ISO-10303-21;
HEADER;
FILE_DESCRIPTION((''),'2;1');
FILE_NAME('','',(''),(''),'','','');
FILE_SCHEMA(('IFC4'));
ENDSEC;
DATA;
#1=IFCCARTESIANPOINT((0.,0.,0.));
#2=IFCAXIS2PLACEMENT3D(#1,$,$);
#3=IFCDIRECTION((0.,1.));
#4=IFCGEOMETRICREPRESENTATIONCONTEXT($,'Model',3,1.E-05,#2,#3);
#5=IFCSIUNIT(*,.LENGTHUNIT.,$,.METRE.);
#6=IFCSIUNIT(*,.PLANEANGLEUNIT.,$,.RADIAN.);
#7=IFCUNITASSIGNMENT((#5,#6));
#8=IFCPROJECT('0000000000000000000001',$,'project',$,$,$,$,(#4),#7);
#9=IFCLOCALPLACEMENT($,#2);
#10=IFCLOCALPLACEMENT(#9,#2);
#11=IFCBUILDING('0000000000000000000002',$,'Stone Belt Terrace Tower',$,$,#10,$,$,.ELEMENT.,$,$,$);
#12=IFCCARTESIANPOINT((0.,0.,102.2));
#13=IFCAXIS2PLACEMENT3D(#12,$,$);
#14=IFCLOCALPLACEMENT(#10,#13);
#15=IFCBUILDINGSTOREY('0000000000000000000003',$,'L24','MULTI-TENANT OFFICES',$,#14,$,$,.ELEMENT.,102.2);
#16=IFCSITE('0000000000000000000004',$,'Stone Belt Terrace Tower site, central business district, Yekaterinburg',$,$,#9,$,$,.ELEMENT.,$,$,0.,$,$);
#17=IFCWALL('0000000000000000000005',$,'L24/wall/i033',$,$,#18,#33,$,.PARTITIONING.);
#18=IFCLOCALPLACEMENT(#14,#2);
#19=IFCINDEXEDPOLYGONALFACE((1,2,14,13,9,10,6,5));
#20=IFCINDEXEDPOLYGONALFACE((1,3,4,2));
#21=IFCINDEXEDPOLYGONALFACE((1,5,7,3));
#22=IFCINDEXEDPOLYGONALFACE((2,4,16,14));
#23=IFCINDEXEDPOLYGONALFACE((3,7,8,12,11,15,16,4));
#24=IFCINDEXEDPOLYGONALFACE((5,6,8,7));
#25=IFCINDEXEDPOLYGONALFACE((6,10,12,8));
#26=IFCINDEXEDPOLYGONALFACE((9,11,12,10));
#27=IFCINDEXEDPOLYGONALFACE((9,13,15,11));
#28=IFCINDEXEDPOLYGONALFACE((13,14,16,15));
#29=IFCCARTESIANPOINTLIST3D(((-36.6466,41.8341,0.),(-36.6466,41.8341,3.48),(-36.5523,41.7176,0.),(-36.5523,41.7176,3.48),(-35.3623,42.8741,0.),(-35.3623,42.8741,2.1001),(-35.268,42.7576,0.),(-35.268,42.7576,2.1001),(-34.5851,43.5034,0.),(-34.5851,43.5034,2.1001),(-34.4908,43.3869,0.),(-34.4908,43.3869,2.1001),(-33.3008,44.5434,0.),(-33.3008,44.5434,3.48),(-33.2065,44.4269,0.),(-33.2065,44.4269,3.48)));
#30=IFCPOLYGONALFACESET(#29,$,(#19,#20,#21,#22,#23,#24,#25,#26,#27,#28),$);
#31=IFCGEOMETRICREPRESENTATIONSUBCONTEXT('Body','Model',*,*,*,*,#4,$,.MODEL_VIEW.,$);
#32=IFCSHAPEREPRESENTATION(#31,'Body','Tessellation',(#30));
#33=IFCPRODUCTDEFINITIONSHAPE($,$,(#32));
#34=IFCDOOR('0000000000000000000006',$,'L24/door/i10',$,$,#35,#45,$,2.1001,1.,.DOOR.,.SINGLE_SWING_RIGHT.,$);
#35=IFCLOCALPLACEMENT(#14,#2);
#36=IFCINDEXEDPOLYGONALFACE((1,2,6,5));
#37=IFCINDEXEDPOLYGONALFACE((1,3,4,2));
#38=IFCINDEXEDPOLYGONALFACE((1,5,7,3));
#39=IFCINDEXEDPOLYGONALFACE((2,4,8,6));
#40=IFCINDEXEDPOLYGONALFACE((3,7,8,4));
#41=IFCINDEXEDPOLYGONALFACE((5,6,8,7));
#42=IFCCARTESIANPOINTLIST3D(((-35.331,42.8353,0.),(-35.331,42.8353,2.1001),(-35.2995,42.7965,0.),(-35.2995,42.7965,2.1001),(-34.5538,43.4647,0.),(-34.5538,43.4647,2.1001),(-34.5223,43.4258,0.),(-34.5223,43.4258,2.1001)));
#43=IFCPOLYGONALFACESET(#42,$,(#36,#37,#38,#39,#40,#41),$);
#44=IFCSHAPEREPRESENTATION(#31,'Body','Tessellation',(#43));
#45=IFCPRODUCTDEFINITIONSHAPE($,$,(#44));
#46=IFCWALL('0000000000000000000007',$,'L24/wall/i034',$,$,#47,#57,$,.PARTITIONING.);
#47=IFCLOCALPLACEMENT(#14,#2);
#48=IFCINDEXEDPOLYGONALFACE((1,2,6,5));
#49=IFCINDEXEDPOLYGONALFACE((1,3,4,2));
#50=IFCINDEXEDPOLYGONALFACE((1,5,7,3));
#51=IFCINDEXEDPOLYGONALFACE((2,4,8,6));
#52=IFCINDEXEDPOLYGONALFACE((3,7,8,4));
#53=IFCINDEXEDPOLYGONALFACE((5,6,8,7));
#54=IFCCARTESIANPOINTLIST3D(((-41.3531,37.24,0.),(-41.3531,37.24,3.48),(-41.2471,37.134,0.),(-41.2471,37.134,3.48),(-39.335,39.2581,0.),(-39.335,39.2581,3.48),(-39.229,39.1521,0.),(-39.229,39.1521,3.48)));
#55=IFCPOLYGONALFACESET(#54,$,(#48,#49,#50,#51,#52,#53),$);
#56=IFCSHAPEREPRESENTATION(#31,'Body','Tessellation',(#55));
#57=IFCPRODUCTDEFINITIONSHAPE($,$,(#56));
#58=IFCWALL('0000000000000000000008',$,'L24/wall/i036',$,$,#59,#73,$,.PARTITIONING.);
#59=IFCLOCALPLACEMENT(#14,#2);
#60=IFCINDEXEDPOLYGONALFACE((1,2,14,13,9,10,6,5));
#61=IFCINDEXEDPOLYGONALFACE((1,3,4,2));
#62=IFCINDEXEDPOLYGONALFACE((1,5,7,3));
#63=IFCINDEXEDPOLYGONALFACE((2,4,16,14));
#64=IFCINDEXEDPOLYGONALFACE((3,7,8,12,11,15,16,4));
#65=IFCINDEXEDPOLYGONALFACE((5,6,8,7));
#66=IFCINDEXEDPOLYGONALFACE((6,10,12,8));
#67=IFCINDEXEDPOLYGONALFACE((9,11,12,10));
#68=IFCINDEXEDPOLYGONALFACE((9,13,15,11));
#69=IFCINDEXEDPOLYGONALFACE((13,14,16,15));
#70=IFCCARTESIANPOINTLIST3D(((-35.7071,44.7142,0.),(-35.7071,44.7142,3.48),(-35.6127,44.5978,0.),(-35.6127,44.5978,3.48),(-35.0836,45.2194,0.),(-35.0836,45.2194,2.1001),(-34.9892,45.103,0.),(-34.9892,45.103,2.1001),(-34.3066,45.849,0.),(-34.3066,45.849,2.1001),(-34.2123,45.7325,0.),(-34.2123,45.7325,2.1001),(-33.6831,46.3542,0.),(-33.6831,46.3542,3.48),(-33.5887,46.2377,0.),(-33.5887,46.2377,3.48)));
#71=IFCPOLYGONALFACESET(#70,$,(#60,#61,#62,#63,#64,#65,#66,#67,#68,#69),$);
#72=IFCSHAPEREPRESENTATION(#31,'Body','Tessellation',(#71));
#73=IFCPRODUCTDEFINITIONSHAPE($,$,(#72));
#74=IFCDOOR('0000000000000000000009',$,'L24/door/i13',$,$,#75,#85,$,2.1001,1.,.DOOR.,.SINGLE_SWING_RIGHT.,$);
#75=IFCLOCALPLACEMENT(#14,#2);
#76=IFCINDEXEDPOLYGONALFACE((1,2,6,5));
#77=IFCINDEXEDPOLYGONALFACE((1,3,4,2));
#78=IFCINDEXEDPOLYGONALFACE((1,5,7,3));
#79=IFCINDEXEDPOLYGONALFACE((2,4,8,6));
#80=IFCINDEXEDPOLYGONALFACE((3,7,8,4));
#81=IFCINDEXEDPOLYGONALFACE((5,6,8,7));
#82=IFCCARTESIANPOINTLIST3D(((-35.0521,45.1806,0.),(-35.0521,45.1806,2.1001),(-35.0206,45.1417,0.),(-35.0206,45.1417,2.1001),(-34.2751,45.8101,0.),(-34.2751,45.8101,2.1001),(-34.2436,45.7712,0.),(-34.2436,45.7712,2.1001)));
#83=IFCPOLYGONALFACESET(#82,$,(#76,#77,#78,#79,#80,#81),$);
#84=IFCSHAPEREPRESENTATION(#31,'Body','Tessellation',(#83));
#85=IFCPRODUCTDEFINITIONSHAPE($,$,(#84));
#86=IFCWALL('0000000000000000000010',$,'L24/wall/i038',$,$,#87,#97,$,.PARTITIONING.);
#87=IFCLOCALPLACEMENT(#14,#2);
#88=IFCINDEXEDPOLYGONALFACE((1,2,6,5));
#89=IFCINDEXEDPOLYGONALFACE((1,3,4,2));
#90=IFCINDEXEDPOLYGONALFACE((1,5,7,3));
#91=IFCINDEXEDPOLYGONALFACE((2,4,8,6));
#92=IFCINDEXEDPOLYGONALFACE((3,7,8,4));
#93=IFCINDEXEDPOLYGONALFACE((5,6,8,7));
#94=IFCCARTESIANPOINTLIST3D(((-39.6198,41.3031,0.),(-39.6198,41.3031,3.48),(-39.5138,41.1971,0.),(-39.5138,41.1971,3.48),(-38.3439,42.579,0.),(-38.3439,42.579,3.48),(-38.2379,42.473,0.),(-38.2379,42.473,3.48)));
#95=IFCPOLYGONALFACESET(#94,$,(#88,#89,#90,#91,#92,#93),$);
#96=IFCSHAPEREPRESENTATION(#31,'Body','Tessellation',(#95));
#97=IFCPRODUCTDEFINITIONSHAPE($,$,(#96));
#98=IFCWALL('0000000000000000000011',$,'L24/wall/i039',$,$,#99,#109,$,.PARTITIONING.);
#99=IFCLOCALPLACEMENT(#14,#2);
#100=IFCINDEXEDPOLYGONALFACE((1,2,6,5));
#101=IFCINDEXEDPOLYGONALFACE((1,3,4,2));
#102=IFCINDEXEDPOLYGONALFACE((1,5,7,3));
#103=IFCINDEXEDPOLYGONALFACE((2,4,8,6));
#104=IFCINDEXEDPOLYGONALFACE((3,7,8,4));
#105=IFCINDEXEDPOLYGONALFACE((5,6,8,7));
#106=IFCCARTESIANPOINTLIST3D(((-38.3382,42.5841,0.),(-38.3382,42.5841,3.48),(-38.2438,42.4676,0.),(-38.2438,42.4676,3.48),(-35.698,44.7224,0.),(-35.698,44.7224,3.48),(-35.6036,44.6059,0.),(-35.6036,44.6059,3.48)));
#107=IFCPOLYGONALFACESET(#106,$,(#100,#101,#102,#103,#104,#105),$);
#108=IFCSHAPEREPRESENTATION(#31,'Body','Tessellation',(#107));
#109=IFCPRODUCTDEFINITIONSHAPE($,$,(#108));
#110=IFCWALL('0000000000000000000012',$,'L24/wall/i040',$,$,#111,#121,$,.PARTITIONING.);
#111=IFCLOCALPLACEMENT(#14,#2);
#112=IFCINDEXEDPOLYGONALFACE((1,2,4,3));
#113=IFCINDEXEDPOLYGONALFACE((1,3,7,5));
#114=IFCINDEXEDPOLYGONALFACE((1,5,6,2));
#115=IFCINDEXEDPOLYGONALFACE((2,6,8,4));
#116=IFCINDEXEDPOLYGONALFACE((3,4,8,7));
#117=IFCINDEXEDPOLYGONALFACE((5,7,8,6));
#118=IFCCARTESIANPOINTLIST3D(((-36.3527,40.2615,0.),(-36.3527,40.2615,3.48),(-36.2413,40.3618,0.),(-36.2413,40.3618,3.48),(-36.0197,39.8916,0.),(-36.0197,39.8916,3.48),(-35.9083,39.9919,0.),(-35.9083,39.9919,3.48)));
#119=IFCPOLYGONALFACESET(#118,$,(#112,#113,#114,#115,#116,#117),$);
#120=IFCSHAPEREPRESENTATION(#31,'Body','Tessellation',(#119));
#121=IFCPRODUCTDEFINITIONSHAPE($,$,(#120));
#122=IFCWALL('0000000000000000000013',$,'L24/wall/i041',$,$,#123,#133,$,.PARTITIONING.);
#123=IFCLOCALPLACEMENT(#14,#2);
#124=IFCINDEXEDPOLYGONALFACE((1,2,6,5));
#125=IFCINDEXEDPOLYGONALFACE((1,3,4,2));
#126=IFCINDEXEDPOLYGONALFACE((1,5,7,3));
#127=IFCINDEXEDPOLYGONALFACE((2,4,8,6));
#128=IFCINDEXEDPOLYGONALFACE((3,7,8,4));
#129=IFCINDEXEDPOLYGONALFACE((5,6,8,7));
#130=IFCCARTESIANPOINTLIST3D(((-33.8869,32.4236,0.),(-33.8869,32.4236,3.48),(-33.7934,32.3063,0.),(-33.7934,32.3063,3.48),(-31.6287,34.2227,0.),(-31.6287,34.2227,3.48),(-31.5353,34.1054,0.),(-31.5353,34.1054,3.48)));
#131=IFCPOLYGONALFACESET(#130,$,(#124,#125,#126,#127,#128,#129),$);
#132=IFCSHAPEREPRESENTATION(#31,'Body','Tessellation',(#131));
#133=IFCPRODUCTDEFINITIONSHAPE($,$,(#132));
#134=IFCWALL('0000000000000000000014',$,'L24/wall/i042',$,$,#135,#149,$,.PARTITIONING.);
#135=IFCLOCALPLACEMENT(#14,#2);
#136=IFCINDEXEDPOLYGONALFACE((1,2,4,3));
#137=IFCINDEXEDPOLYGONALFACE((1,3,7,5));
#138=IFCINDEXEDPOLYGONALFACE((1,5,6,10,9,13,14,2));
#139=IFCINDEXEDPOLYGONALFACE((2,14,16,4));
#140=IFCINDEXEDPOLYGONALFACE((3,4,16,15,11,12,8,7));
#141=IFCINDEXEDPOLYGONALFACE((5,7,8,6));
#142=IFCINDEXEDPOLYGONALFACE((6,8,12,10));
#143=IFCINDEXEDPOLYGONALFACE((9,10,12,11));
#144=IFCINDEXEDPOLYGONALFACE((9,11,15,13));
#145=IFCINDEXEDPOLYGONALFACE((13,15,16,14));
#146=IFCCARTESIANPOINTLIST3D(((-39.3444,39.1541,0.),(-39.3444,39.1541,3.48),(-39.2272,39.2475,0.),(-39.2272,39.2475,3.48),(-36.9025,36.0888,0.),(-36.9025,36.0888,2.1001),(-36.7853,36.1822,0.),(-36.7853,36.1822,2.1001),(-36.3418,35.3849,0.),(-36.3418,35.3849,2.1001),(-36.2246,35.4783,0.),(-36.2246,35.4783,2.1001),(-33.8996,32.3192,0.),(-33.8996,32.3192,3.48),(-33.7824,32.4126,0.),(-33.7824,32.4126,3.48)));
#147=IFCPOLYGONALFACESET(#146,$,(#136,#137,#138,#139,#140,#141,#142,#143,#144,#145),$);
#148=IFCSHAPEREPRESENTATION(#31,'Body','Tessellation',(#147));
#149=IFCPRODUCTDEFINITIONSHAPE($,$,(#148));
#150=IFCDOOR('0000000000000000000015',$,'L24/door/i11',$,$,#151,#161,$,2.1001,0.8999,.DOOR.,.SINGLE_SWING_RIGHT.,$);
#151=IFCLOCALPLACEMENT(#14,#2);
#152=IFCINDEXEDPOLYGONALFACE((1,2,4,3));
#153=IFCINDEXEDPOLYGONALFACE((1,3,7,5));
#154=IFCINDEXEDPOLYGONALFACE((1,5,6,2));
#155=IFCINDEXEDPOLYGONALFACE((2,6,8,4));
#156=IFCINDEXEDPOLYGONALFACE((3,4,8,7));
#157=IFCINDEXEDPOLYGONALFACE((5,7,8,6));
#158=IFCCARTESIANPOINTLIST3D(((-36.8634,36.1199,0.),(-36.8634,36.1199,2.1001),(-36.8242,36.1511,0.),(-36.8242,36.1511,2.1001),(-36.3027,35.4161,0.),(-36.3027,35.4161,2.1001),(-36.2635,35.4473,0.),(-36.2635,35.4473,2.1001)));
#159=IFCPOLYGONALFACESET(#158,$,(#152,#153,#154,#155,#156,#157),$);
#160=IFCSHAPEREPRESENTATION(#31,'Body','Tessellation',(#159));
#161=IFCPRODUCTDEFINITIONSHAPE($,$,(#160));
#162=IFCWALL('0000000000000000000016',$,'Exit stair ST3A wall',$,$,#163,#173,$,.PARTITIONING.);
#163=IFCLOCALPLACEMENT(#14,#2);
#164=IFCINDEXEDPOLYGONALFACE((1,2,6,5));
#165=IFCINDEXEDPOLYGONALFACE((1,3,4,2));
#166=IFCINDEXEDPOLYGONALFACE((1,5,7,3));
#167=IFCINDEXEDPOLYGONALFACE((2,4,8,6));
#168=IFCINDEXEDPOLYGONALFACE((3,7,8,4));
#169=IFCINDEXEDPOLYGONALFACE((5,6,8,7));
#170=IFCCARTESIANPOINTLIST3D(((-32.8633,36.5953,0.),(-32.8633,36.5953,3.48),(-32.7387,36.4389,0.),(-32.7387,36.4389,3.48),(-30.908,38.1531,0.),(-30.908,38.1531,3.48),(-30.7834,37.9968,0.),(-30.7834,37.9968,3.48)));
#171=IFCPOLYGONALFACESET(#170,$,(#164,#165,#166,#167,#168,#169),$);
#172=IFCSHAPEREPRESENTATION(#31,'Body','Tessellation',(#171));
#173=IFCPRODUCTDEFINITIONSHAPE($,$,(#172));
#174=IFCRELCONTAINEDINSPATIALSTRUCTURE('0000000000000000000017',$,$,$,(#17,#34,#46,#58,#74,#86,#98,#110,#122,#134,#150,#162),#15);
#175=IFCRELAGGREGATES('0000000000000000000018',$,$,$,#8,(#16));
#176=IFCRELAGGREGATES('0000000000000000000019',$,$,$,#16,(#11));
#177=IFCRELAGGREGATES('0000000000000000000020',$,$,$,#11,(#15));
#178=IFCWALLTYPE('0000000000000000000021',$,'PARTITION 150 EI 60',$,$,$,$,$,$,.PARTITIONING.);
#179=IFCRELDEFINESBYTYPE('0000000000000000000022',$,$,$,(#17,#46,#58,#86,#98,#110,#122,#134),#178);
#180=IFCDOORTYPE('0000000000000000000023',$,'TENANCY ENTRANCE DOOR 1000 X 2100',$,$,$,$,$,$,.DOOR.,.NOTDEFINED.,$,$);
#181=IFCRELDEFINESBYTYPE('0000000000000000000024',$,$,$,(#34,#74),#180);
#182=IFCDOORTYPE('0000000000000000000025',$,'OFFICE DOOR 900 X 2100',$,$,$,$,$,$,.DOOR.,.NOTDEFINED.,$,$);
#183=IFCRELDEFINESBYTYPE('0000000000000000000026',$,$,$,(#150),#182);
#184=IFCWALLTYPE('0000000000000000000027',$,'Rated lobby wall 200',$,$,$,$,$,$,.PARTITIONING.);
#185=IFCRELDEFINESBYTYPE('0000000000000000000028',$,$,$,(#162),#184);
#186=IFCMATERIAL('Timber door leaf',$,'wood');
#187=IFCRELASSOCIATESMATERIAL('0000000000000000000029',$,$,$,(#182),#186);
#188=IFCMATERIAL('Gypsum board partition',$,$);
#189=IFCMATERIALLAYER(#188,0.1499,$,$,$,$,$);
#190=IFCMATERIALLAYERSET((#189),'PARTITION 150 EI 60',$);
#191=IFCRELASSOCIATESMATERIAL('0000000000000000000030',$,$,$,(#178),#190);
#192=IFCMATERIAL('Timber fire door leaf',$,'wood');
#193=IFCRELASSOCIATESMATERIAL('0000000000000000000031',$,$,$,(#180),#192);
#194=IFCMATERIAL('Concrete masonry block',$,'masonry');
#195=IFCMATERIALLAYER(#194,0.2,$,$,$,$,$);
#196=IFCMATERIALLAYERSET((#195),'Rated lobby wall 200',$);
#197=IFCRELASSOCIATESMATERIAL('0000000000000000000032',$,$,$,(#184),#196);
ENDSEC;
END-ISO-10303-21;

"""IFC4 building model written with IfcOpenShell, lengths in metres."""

from ifc_helpers import new_model, si_unit, direction, frame, frame_2d, origin, place, context, subcontext, project, spatial, rectangle, extrude, material, layer, layer_set, type_object, element, fill, save


model = new_model("IFC4")

# Units and contexts
model_context = context("Model", 3, precision=1e-05, world=origin(), true_north=direction((0.0, 1.0)))
body_context = subcontext(model_context, "Body", "Model", "MODEL_VIEW")
ifc_project = project(units=[si_unit("LENGTHUNIT", "METRE"), si_unit("PLANEANGLEUNIT", "RADIAN")], contexts=[model_context])

# Site, building, storey
site_placement = place(None, origin())
site = spatial("IfcSite", under=ifc_project, at=site_placement, Name="Stone Belt Terrace Tower site, central business district, Yekaterinburg", CompositionType="ELEMENT", RefElevation=0.0)
building_placement = place(site_placement, origin())
building = spatial("IfcBuilding", under=site, at=building_placement, Name="Stone Belt Terrace Tower", CompositionType="ELEMENT")
storey_placement = place(building_placement, frame((0.0, 0.0, 102.2)))
storey = spatial("IfcBuildingStorey", under=building, at=storey_placement, Name="L24", Description="MULTI-TENANT OFFICES", CompositionType="ELEMENT", Elevation=102.2)

# Wall, opening, door
ifc_material_1 = material(Name="Gypsum board partition")
ifc_material_2 = material(Name="Timber door leaf", Category="wood")
door_type_1 = type_object("IfcDoorType", Name="OFFICE DOOR 900 X 2100", OperationType="NOTDEFINED", PredefinedType="DOOR", material=ifc_material_2)
ifc_layer_1 = layer(ifc_material_1, 0.1499)
ifc_layer_set_1 = layer_set([ifc_layer_1], Name="PARTITION 150 EI 60")
wall_type_1 = type_object("IfcWallType", Name="PARTITION 150 EI 60", PredefinedType="PARTITIONING", material=ifc_layer_set_1)
wall_1_placement = place(storey_placement, frame((-33.2537, 44.4851, 0.0), z_axis=(0.0, 0.0, 1.0), x_axis=(-0.777154, -0.629311, 0.0)))
wall_1 = element("IfcWall", 1, at=wall_1_placement, inside=storey, type_object=wall_type_1, Name="L24/wall/i033", PredefinedType="PARTITIONING", context=body_context, shape_type="SweptSolid", body=[
    extrude(rectangle(XDim=4.3052, YDim=0.1499, at=frame_2d((2.1526, 0.0))), origin(), (0.0, 0.0, 1.0), 3.48),
])
opening_1_placement = place(wall_1_placement, frame((1.6526, 0.0, 0.0)))
opening_1 = element("IfcOpeningElement", 2, at=opening_1_placement, cuts=wall_1, PredefinedType="OPENING", context=body_context, shape_type="SweptSolid", body=[
    extrude(rectangle(XDim=1.0, YDim=2.1001, at=frame_2d((0.5, 1.05))), frame((0.0, 0.085, 0.0), z_axis=(0.0, -1.0, 0.0), x_axis=(1.0, 0.0, 0.0)), (0.0, 0.0, 1.0), 0.1699),
])
ifc_material_3 = material(Name="Timber fire door leaf", Category="wood")
door_type_2 = type_object("IfcDoorType", Name="TENANCY ENTRANCE DOOR 1000 X 2100", OperationType="NOTDEFINED", PredefinedType="DOOR", material=ifc_material_3)
door_1_placement = place(opening_1_placement, origin())
door_1 = element("IfcDoor", 3, at=door_1_placement, inside=storey, type_object=door_type_2, Name="L24/door/i10", OperationType="SINGLE_SWING_RIGHT", OverallHeight=2.1001, OverallWidth=1.0, PredefinedType="DOOR", context=body_context, shape_type="SweptSolid", body=[
    extrude(rectangle(XDim=1.0, YDim=2.1001, at=frame_2d((0.5, 1.05))), frame((0.0, 0.0249, 0.0), z_axis=(0.0, -1.0, 0.0), x_axis=(1.0, 0.0, 0.0)), (0.0, 0.0, 1.0), 0.05),
])
fill(opening_1, door_1)

# Wall
wall_2_placement = place(storey_placement, frame((-39.282, 39.2051, 0.0), z_axis=(0.0, 0.0, 1.0), x_axis=(-0.707107, -0.707107, 0.0)))
element("IfcWall", 4, at=wall_2_placement, inside=storey, type_object=wall_type_1, Name="L24/wall/i034", PredefinedType="PARTITIONING", context=body_context, shape_type="SweptSolid", body=[
    extrude(rectangle(XDim=2.854, YDim=0.1499, at=frame_2d((1.427, 0.0))), origin(), (0.0, 0.0, 1.0), 3.48),
])

# Wall, opening, door
wall_3_placement = place(storey_placement, frame((-35.6599, 44.656, 0.0), z_axis=(0.0, 0.0, 1.0), x_axis=(0.776968, 0.629541, 0.0)))
wall_3 = element("IfcWall", 5, at=wall_3_placement, inside=storey, type_object=wall_type_1, Name="L24/wall/i036", PredefinedType="PARTITIONING", context=body_context, shape_type="SweptSolid", body=[
    extrude(rectangle(XDim=2.605, YDim=0.1499, at=frame_2d((1.3025, 0.0))), origin(), (0.0, 0.0, 1.0), 3.48),
])
opening_2_placement = place(wall_3_placement, frame((0.8025, 0.0, 0.0)))
opening_2 = element("IfcOpeningElement", 6, at=opening_2_placement, cuts=wall_3, PredefinedType="OPENING", context=body_context, shape_type="SweptSolid", body=[
    extrude(rectangle(XDim=1.0, YDim=2.1001, at=frame_2d((0.5, 1.05))), frame((0.0, 0.085, 0.0), z_axis=(0.0, -1.0, 0.0), x_axis=(1.0, 0.0, 0.0)), (0.0, 0.0, 1.0), 0.1699),
])
door_2_placement = place(opening_2_placement, origin())
door_2 = element("IfcDoor", 7, at=door_2_placement, inside=storey, type_object=door_type_2, Name="L24/door/i13", OperationType="SINGLE_SWING_RIGHT", OverallHeight=2.1001, OverallWidth=1.0, PredefinedType="DOOR", context=body_context, shape_type="SweptSolid", body=[
    extrude(rectangle(XDim=1.0, YDim=2.1001, at=frame_2d((0.5, 1.05))), frame((0.0, 0.0249, 0.0), z_axis=(0.0, -1.0, 0.0), x_axis=(1.0, 0.0, 0.0)), (0.0, 0.0, 1.0), 0.05),
])
fill(opening_2, door_2)

# Walls
wall_4_placement = place(storey_placement, frame((-39.5669, 41.25, 0.0), z_axis=(0.0, 0.0, 1.0), x_axis=(0.707107, 0.707107, 0.0)))
element("IfcWall", 8, at=wall_4_placement, inside=storey, type_object=wall_type_1, Name="L24/wall/i038", PredefinedType="PARTITIONING", context=body_context, shape_type="SweptSolid", body=[
    extrude(rectangle(XDim=1.8044, YDim=0.1499, at=frame_2d((0.9023, 0.0))), origin(), (0.0, 0.0, 1.0), 3.48),
])
wall_5_placement = place(storey_placement, frame((-38.291, 42.5259, 0.0), z_axis=(0.0, 0.0, 1.0), x_axis=(0.777111, 0.629364, 0.0)))
element("IfcWall", 9, at=wall_5_placement, inside=storey, type_object=wall_type_1, Name="L24/wall/i039", PredefinedType="PARTITIONING", context=body_context, shape_type="SweptSolid", body=[
    extrude(rectangle(XDim=3.3975, YDim=0.1499, at=frame_2d((1.6987, 0.0))), origin(), (0.0, 0.0, 1.0), 3.48),
])
wall_6_placement = place(storey_placement, frame((-36.2971, 40.3118, 0.0), z_axis=(0.0, 0.0, 1.0), x_axis=(0.6691, -0.743172, 0.0)))
element("IfcWall", 10, at=wall_6_placement, inside=storey, type_object=wall_type_1, Name="L24/wall/i040", PredefinedType="PARTITIONING", context=body_context, shape_type="SweptSolid", body=[
    extrude(rectangle(XDim=0.4978, YDim=0.1499, at=frame_2d((0.249, 0.0))), origin(), (0.0, 0.0, 1.0), 3.48),
])
wall_7_placement = place(storey_placement, frame((-31.582, 34.1641, 0.0), z_axis=(0.0, 0.0, 1.0), x_axis=(-0.782113, -0.623137, 0.0)))
element("IfcWall", 11, at=wall_7_placement, inside=storey, type_object=wall_type_1, Name="L24/wall/i041", PredefinedType="PARTITIONING", context=body_context, shape_type="SweptSolid", body=[
    extrude(rectangle(XDim=2.8872, YDim=0.1499, at=frame_2d((1.4436, 0.0))), origin(), (0.0, 0.0, 1.0), 3.48),
])

# Wall, opening, door
wall_8_placement = place(storey_placement, frame((-33.8411, 32.366, 0.0), z_axis=(0.0, 0.0, 1.0), x_axis=(-0.623079, 0.782159, 0.0)))
wall_8 = element("IfcWall", 12, at=wall_8_placement, inside=storey, type_object=wall_type_1, Name="L24/wall/i042", PredefinedType="PARTITIONING", context=body_context, shape_type="SweptSolid", body=[
    extrude(rectangle(XDim=8.7385, YDim=0.1499, at=frame_2d((4.3691, 0.0))), origin(), (0.0, 0.0, 1.0), 3.48),
])
opening_3_placement = place(wall_8_placement, frame((3.9194, 0.0, 0.0)))
opening_3 = element("IfcOpeningElement", 13, at=opening_3_placement, cuts=wall_8, PredefinedType="OPENING", context=body_context, shape_type="SweptSolid", body=[
    extrude(rectangle(XDim=0.8999, YDim=2.1001, at=frame_2d((0.45, 1.05))), frame((0.0, 0.085, 0.0), z_axis=(0.0, -1.0, 0.0), x_axis=(1.0, 0.0, 0.0)), (0.0, 0.0, 1.0), 0.1699),
])
door_3_placement = place(opening_3_placement, origin())
door_3 = element("IfcDoor", 14, at=door_3_placement, inside=storey, type_object=door_type_1, Name="L24/door/i11", OperationType="SINGLE_SWING_RIGHT", OverallHeight=2.1001, OverallWidth=0.8999, PredefinedType="DOOR", context=body_context, shape_type="SweptSolid", body=[
    extrude(rectangle(XDim=0.8999, YDim=2.1001, at=frame_2d((0.45, 1.05))), frame((0.0, 0.0249, 0.0), z_axis=(0.0, -1.0, 0.0), x_axis=(1.0, 0.0, 0.0)), (0.0, 0.0, 1.0), 0.05),
])
fill(opening_3, door_3)

# Wall
ifc_material_4 = material(Name="Concrete masonry block", Category="masonry")
ifc_layer_2 = layer(ifc_material_4, 0.2)
ifc_layer_set_2 = layer_set([ifc_layer_2], Name="Rated lobby wall 200")
wall_type_2 = type_object("IfcWallType", Name="Rated lobby wall 200", PredefinedType="PARTITIONING", material=ifc_layer_set_2)
wall_9_placement = place(storey_placement, frame((-30.8457, 38.075, 0.0), z_axis=(0.0, 0.0, 1.0), x_axis=(-0.782115, -0.623134, 0.0)))
element("IfcWall", 15, at=wall_9_placement, inside=storey, type_object=wall_type_2, Name="Exit stair ST3A wall", PredefinedType="PARTITIONING", context=body_context, shape_type="SweptSolid", body=[
    extrude(rectangle(XDim=2.5, YDim=0.2, at=frame_2d((1.25, 0.0))), origin(), (0.0, 0.0, 1.0), 3.48),
])

save(model, "model.ifc")
